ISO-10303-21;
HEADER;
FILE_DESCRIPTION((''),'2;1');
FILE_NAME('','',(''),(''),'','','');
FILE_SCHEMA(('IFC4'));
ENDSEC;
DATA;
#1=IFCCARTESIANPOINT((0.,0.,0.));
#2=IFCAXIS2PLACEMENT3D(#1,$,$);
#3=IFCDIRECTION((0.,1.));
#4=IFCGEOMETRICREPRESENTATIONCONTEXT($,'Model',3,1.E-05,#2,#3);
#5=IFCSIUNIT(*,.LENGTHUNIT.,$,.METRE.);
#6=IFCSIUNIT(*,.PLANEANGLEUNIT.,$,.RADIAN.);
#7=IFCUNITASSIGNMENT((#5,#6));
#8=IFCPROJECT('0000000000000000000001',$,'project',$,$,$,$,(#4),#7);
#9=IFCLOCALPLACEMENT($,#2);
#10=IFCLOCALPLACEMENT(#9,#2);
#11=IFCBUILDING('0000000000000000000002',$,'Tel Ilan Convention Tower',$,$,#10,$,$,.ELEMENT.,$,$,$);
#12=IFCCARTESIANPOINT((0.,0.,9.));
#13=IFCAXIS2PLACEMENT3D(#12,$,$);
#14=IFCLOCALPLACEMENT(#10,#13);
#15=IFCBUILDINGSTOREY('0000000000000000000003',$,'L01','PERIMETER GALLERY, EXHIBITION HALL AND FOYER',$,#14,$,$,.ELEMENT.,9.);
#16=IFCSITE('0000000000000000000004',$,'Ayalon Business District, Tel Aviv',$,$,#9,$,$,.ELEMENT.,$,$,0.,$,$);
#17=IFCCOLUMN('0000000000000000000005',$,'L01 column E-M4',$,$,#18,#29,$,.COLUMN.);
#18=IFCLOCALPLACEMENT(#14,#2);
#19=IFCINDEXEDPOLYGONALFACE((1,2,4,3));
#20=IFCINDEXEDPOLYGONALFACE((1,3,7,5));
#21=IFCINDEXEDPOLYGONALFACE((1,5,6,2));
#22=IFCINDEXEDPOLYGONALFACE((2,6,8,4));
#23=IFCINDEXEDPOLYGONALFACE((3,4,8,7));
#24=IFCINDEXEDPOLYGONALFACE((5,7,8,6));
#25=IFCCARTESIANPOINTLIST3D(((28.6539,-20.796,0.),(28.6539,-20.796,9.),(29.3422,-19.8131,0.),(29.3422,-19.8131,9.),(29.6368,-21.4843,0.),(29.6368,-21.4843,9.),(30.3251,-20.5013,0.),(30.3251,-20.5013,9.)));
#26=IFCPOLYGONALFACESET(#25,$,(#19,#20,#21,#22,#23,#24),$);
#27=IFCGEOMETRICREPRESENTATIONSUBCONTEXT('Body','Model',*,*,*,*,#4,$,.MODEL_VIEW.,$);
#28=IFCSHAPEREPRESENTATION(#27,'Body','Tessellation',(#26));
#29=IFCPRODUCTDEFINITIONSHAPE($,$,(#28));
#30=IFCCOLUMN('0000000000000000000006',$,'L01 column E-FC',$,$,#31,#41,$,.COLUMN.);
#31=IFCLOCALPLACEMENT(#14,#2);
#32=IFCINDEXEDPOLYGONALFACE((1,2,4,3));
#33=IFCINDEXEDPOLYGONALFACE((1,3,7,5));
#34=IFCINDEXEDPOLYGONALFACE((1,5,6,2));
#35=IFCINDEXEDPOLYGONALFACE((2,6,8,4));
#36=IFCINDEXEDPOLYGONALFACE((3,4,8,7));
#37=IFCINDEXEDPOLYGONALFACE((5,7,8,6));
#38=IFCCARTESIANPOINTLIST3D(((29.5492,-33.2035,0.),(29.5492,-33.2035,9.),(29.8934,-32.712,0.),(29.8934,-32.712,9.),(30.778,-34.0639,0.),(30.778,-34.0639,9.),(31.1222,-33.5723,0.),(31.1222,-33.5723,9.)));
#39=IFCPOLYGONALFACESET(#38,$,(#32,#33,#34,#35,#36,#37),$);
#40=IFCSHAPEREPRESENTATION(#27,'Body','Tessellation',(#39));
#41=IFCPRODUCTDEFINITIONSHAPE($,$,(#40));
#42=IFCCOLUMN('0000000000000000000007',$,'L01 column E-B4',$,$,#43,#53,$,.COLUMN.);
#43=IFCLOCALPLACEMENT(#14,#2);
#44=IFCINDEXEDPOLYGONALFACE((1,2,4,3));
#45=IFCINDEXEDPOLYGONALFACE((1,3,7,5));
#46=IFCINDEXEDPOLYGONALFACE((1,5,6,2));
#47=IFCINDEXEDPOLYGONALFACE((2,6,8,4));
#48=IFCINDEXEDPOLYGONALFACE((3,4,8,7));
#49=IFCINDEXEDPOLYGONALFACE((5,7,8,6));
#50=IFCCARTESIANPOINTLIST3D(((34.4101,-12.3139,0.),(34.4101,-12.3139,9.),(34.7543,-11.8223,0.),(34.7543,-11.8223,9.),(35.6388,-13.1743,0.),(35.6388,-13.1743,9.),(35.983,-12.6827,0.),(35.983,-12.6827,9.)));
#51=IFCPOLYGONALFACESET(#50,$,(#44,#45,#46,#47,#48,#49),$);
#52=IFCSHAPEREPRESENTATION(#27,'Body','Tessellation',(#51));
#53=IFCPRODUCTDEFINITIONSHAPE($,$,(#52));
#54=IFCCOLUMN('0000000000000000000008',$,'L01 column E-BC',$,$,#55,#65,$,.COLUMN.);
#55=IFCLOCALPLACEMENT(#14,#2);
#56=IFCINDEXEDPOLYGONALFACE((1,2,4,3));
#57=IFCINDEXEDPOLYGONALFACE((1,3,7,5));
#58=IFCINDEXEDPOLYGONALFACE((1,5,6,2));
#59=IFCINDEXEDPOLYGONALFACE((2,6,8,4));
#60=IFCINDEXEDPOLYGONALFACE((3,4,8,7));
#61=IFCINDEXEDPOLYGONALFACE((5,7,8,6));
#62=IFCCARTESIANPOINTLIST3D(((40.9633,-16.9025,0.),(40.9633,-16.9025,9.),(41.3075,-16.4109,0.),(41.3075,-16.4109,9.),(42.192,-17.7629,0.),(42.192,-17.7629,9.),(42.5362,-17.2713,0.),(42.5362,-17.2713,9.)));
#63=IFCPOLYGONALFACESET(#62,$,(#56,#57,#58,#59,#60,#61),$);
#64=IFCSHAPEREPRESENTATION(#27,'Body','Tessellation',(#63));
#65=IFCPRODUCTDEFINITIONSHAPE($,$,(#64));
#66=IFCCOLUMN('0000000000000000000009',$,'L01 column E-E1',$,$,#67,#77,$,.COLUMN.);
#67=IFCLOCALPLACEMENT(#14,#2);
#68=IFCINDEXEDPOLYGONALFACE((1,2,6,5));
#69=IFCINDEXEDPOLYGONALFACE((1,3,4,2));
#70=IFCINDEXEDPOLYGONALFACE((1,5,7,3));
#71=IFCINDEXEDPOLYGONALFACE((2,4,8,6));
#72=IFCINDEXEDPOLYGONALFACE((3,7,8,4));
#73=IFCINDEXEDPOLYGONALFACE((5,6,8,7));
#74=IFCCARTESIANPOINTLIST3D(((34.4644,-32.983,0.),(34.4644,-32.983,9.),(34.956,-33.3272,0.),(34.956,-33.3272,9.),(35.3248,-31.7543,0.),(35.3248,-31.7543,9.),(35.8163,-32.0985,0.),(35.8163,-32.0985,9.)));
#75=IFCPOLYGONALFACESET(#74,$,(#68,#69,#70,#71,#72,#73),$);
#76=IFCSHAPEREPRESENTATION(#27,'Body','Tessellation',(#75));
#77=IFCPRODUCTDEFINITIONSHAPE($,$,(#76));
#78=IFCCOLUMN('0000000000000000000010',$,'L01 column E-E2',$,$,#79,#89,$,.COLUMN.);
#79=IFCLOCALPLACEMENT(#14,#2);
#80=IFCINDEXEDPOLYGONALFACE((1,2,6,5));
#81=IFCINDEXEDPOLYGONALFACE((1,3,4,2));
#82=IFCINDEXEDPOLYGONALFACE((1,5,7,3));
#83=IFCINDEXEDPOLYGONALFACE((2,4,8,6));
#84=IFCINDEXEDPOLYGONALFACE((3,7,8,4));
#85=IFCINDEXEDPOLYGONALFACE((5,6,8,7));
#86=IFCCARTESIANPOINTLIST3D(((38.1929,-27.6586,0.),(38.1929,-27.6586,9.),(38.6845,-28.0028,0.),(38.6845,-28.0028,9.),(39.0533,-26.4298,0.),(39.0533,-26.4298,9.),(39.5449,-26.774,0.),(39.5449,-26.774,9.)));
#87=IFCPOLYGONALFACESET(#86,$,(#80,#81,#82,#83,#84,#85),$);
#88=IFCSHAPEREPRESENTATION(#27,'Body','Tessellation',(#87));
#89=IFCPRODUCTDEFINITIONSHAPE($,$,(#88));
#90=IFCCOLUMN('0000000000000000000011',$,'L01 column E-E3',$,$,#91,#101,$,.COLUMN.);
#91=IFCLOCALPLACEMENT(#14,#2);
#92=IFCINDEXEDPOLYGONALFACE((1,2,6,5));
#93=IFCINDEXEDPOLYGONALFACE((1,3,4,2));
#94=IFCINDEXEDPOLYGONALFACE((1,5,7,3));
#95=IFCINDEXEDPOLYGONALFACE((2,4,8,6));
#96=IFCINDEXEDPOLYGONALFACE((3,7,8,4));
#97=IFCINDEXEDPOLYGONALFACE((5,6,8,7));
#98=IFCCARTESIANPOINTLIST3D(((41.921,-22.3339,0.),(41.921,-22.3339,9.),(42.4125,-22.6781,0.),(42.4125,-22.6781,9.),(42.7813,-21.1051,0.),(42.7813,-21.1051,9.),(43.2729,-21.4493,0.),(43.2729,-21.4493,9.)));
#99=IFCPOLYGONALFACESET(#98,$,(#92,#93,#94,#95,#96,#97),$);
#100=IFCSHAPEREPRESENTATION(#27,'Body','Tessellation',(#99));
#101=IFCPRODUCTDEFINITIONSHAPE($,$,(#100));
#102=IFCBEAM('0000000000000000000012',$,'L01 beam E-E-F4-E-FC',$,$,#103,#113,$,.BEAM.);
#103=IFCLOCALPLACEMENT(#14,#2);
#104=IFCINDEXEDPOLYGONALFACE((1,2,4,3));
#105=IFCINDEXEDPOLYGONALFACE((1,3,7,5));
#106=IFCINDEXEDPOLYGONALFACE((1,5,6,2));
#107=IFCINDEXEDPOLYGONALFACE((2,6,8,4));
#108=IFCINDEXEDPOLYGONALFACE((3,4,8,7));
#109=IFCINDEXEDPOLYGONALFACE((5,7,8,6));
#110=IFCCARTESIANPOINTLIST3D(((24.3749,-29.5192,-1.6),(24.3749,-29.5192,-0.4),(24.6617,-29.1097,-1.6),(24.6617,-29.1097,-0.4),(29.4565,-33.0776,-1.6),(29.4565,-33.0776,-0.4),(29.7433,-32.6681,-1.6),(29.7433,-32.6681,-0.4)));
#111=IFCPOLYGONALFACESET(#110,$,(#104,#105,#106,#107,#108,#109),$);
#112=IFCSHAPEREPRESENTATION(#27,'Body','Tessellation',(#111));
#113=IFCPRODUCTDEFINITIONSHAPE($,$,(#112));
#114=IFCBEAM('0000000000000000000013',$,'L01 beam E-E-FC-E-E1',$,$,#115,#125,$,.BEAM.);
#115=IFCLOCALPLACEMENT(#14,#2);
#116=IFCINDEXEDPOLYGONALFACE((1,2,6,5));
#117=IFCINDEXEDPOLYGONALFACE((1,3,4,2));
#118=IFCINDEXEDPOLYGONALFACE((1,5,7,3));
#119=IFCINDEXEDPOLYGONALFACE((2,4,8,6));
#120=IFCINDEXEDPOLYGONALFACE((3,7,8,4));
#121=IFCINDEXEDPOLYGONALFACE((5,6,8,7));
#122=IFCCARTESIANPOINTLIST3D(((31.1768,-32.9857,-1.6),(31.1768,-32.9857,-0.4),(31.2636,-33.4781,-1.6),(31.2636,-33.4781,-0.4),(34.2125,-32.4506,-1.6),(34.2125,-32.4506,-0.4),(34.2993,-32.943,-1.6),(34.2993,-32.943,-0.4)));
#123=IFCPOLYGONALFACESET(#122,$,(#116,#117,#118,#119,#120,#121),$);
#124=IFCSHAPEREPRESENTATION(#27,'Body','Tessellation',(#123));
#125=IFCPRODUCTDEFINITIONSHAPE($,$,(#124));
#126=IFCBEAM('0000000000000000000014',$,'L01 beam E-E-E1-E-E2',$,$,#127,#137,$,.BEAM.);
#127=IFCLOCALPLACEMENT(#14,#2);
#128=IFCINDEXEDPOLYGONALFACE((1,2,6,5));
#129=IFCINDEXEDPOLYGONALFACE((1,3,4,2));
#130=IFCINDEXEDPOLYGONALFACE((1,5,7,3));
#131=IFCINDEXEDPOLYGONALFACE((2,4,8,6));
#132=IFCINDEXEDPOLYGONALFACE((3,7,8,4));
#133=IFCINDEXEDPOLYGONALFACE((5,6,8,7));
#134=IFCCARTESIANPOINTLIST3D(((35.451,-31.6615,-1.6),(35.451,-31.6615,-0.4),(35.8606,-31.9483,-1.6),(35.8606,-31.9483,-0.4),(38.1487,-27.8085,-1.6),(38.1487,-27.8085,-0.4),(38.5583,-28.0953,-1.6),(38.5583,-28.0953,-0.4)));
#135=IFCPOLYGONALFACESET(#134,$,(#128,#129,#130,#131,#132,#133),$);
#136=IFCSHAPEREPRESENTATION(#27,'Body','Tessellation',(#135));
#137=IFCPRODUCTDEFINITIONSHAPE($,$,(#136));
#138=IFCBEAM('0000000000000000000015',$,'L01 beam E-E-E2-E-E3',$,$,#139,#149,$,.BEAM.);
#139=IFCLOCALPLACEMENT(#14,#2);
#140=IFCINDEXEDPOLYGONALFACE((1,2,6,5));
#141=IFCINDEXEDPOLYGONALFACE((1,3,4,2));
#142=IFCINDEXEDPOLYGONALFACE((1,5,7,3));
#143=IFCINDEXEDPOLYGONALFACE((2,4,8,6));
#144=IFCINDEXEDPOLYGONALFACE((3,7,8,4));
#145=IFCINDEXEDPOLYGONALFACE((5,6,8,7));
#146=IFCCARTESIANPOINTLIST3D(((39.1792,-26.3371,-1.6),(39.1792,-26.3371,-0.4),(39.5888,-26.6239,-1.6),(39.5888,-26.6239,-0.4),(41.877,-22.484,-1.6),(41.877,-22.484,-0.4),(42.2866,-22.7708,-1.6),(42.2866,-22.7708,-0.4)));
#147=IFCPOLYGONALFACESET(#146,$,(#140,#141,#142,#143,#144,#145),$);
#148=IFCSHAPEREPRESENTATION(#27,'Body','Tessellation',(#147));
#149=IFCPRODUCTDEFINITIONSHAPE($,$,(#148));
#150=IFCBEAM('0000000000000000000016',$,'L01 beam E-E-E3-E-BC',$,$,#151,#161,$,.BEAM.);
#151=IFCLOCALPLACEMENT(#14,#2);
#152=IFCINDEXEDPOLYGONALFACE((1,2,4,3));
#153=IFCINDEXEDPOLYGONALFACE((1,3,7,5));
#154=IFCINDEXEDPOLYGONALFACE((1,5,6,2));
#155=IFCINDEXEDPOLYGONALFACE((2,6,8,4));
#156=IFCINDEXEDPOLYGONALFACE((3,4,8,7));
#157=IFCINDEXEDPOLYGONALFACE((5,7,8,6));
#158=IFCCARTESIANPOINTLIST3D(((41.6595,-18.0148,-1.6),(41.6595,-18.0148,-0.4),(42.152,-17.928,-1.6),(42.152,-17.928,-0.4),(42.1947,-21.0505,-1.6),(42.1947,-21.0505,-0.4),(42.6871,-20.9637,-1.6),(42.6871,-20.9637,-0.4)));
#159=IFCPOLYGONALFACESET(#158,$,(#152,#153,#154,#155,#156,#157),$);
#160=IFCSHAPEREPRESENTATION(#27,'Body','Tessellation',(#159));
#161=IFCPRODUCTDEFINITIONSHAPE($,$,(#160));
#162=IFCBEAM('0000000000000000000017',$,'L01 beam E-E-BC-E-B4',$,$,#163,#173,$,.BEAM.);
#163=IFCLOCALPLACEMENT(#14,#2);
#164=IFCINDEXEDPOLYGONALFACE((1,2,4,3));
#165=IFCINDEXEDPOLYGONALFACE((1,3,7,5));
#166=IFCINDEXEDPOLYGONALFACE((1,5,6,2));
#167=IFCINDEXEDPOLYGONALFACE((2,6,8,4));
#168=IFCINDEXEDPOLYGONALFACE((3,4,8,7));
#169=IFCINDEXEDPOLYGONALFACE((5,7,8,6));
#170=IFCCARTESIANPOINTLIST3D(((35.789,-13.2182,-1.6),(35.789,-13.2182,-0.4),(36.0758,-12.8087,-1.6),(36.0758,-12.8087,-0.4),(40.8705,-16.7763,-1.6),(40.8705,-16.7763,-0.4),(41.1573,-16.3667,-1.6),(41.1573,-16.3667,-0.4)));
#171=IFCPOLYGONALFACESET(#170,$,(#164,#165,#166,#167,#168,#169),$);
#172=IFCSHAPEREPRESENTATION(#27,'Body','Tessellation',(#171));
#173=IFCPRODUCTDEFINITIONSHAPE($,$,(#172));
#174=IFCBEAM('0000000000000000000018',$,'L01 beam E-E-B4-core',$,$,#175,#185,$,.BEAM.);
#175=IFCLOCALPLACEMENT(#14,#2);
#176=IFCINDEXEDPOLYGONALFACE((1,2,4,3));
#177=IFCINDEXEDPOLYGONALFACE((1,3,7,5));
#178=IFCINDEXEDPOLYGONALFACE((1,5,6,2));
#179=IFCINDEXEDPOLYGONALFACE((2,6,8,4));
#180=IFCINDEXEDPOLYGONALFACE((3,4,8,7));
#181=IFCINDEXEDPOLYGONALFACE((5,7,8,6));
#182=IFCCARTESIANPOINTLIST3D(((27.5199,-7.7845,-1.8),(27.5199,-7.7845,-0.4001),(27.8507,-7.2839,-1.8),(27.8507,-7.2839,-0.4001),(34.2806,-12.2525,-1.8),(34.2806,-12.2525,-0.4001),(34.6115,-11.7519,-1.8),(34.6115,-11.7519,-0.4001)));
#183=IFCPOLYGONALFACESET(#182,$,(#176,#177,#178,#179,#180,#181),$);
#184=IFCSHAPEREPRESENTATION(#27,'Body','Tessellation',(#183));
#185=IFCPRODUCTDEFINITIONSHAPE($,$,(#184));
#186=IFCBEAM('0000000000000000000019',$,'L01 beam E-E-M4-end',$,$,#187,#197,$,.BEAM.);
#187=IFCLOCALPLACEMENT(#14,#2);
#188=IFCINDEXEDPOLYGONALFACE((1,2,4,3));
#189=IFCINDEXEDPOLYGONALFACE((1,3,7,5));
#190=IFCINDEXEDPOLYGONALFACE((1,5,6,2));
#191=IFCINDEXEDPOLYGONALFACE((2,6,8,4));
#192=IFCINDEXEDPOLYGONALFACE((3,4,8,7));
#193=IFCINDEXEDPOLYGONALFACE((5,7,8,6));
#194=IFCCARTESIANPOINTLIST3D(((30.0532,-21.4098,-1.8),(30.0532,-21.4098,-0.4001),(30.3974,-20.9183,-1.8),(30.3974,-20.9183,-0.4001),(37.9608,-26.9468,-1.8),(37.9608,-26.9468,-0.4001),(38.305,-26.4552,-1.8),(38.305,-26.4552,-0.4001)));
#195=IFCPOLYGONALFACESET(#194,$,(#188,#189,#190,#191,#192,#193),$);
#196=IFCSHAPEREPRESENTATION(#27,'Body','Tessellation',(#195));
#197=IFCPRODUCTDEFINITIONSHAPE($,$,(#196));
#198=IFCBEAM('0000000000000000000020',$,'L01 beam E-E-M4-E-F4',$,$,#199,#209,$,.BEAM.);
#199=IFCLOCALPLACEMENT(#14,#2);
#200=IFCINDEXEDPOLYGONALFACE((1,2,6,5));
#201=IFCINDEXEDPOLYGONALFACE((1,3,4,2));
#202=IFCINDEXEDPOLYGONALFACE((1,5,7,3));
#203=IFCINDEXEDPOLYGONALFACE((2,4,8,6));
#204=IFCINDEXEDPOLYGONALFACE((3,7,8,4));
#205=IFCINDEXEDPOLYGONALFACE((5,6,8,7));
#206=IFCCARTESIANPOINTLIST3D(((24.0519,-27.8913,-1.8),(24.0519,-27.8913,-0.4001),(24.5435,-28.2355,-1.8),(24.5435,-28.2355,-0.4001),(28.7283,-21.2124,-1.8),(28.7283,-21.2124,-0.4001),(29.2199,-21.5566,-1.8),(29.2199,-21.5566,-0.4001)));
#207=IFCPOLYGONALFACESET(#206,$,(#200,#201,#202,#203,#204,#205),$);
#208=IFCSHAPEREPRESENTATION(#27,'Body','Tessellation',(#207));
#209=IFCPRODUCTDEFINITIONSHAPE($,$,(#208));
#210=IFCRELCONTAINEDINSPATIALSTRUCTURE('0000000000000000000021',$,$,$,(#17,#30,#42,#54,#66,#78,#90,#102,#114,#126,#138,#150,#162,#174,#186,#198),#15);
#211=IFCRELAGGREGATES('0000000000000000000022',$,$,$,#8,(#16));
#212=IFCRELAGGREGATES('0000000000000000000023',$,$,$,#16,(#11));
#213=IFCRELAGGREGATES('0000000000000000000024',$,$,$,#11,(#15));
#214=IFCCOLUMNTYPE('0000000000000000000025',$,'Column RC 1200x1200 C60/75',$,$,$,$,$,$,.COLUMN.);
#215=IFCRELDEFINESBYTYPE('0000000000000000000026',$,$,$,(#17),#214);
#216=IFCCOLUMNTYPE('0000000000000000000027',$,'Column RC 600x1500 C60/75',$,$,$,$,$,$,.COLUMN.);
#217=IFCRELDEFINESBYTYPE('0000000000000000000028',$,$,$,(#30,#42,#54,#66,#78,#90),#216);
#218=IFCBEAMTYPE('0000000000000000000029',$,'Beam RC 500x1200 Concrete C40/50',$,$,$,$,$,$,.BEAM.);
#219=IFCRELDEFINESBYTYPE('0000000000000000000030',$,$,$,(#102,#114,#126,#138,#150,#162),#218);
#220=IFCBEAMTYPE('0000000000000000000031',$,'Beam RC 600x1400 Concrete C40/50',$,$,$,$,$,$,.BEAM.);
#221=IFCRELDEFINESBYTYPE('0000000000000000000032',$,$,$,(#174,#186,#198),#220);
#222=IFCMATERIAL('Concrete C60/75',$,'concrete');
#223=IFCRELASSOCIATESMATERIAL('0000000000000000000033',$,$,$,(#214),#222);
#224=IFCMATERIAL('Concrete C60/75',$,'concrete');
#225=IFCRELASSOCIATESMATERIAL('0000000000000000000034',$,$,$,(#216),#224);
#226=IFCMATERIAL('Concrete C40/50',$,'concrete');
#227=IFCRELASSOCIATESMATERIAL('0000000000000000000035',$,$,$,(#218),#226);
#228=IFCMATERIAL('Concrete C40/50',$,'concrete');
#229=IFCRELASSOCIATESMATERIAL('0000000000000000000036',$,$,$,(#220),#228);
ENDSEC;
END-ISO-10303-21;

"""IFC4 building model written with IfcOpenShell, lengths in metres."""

from ifc_helpers import new_model, si_unit, direction, frame, origin, origin_2d, place, context, subcontext, project, spatial, rectangle, extrude, material, material_profile, profile_set, type_object, element, save


model = new_model("IFC4")

# Units and contexts
model_context = context("Model", 3, precision=1e-05, world=origin(), true_north=direction((0.0, 1.0)))
body_context = subcontext(model_context, "Body", "Model", "MODEL_VIEW")
ifc_project = project(units=[si_unit("LENGTHUNIT", "METRE"), si_unit("PLANEANGLEUNIT", "RADIAN")], contexts=[model_context])

# Site, building, storey
site_placement = place(None, origin())
site = spatial("IfcSite", under=ifc_project, at=site_placement, Name="Ayalon Business District, Tel Aviv", CompositionType="ELEMENT", RefElevation=0.0)
building_placement = place(site_placement, origin())
building = spatial("IfcBuilding", under=site, at=building_placement, Name="Tel Ilan Convention Tower", CompositionType="ELEMENT")
storey_placement = place(building_placement, frame((0.0, 0.0, 9.0)))
storey = spatial("IfcBuildingStorey", under=building, at=storey_placement, Name="L01", Description="PERIMETER GALLERY, EXHIBITION HALL AND FOYER", CompositionType="ELEMENT", Elevation=9.0)

# Columns
ifc_material_1 = material(Name="Concrete C60/75", Category="concrete")
ifc_material_profile_1 = material_profile(ifc_material_1, rectangle(XDim=1.2, YDim=1.2, at=origin_2d()), Name="RC 1200x1200")
ifc_profile_set_1 = profile_set([ifc_material_profile_1], Name="Concrete C60/75")
column_type_1 = type_object("IfcColumnType", Name="Column RC 1200x1200 C60/75", PredefinedType="COLUMN", material=ifc_profile_set_1)
column_placement = place(storey_placement, frame((29.4895, -20.6487, 0.0), z_axis=(0.0, 0.0, 1.0), x_axis=(0.819152, -0.573576, 0.0)))
element("IfcColumn", 1, at=column_placement, inside=storey, type_object=column_type_1, Name="L01 column E-M4", PredefinedType="COLUMN", context=body_context, shape_type="SweptSolid", body=[
    extrude(rectangle(XDim=1.2, YDim=1.2, at=origin_2d()), origin(), (0.0, 0.0, 1.0), 9.0),
])
ifc_material_2 = material(Name="Concrete C60/75", Category="concrete")
ifc_material_profile_2 = material_profile(ifc_material_2, rectangle(XDim=1.5, YDim=0.6001, at=origin_2d()), Name="RC 600x1500")
ifc_profile_set_2 = profile_set([ifc_material_profile_2], Name="Concrete C60/75")
column_type_2 = type_object("IfcColumnType", Name="Column RC 600x1500 C60/75", PredefinedType="COLUMN", material=ifc_profile_set_2)
for number, where, z_axis, x_axis, name in (
    (2, (30.3357, -33.3879, 0.0), (0.0, 0.0, 1.0), (0.819152, -0.573576, 0.0), "L01 column E-FC"),
    (3, (35.1965, -12.4983, 0.0), (0.0, 0.0, 1.0), (0.819152, -0.573576, 0.0), "L01 column E-B4"),
    (4, (41.7498, -17.0869, 0.0), (0.0, 0.0, 1.0), (0.819152, -0.573576, 0.0), "L01 column E-BC"),
    (5, (35.1404, -32.5408, 0.0), (0.0, 0.0, 1.0), (0.573576, 0.819152, 0.0), "L01 column E-E1"),
    (6, (38.8689, -27.2163, 0.0), (0.0, 0.0, 1.0), (0.573576, 0.819152, 0.0), "L01 column E-E2"),
    (7, (42.5969, -21.8916, 0.0), (0.0, 0.0, 1.0), (0.573576, 0.819152, 0.0), "L01 column E-E3"),
):
    element("IfcColumn", number, at=place(storey_placement, frame(where, z_axis=z_axis, x_axis=x_axis)), inside=storey, type_object=column_type_2, Name=name, PredefinedType="COLUMN", context=body_context, shape_type="SweptSolid", body=[
        extrude(rectangle(XDim=1.5, YDim=0.6001, at=origin_2d()), origin(), (0.0, 0.0, 1.0), 9.0),
    ])

# Beams
ifc_material_3 = material(Name="Concrete C40/50", Category="concrete")
ifc_material_profile_3 = material_profile(ifc_material_3, rectangle(XDim=0.5, YDim=1.2, at=origin_2d()), Name="RC 500x1200")
ifc_profile_set_3 = profile_set([ifc_material_profile_3], Name="Concrete C40/50")
beam_type_1 = type_object("IfcBeamType", Name="Beam RC 500x1200 Concrete C40/50", PredefinedType="BEAM", material=ifc_profile_set_3)
beam_1_placement = place(storey_placement, frame((24.5183, -29.3145, -1.0), z_axis=(0.819136, -0.5736, 0.0), x_axis=(0.5736, 0.819136, 0.0)))
element("IfcBeam", 8, at=beam_1_placement, inside=storey, type_object=beam_type_1, Name="L01 beam E-E-F4-E-FC", PredefinedType="BEAM", context=body_context, shape_type="SweptSolid", body=[
    extrude(rectangle(XDim=0.5, YDim=1.2, at=origin_2d()), origin(), (0.0, 0.0, 1.0), 6.2036),
])
beam_2_placement = place(storey_placement, frame((31.2202, -33.2319, -1.0), z_axis=(0.984814, 0.173614, 0.0), x_axis=(-0.173614, 0.984814, 0.0)))
element("IfcBeam", 9, at=beam_2_placement, inside=storey, type_object=beam_type_1, Name="L01 beam E-E-FC-E-E1", PredefinedType="BEAM", context=body_context, shape_type="SweptSolid", body=[
    extrude(rectangle(XDim=0.5, YDim=1.2, at=origin_2d()), origin(), (0.0, 0.0, 1.0), 3.0825),
])
for number, where, z_axis, x_axis, name in (
    (10, (35.6558, -31.8049, -1.0), (0.573553, 0.819169, 0.0), (-0.819169, 0.573553, 0.0), "L01 beam E-E-E1-E-E2"),
    (11, (39.384, -26.4805, -1.0), (0.573553, 0.819169, 0.0), (-0.819169, 0.573553, 0.0), "L01 beam E-E-E2-E-E3"),
):
    element("IfcBeam", number, at=place(storey_placement, frame(where, z_axis=z_axis, x_axis=x_axis)), inside=storey, type_object=beam_type_1, Name=name, PredefinedType="BEAM", context=body_context, shape_type="SweptSolid", body=[
        extrude(rectangle(XDim=0.5, YDim=1.2, at=origin_2d()), origin(), (0.0, 0.0, 1.0), 4.7036),
    ])
beam_3_placement = place(storey_placement, frame((42.4409, -21.0071, -1.0), z_axis=(-0.173614, 0.984814, 0.0), x_axis=(-0.984814, -0.173614, 0.0)))
element("IfcBeam", 12, at=beam_3_placement, inside=storey, type_object=beam_type_1, Name="L01 beam E-E-E3-E-BC", PredefinedType="BEAM", context=body_context, shape_type="SweptSolid", body=[
    extrude(rectangle(XDim=0.5, YDim=1.2, at=origin_2d()), origin(), (0.0, 0.0, 1.0), 3.0825),
])
beam_4_placement = place(storey_placement, frame((41.0139, -16.5715, -1.0), z_axis=(-0.819154, 0.573573, 0.0), x_axis=(-0.573573, -0.819154, 0.0)))
element("IfcBeam", 13, at=beam_4_placement, inside=storey, type_object=beam_type_1, Name="L01 beam E-E-BC-E-B4", PredefinedType="BEAM", context=body_context, shape_type="SweptSolid", body=[
    extrude(rectangle(XDim=0.5, YDim=1.2, at=origin_2d()), origin(), (0.0, 0.0, 1.0), 6.2034),
])
ifc_material_4 = material(Name="Concrete C40/50", Category="concrete")
ifc_material_profile_4 = material_profile(ifc_material_4, rectangle(XDim=0.6001, YDim=1.3999, at=origin_2d()), Name="RC 600x1400")
ifc_profile_set_4 = profile_set([ifc_material_profile_4], Name="Concrete C40/50")
beam_type_2 = type_object("IfcBeamType", Name="Beam RC 600x1400 Concrete C40/50", PredefinedType="BEAM", material=ifc_profile_set_4)
beam_5_placement = place(storey_placement, frame((34.446, -12.0022, -1.1001), z_axis=(-0.834273, 0.551352, 0.0), x_axis=(-0.551352, -0.834273, 0.0)))
element("IfcBeam", 14, at=beam_5_placement, inside=storey, type_object=beam_type_2, Name="L01 beam E-E-B4-core", PredefinedType="BEAM", context=body_context, shape_type="SweptSolid", body=[
    extrude(rectangle(XDim=0.6001, YDim=1.3999, at=origin_2d()), origin(), (0.0, 0.0, 1.0), 8.1038),
])
beam_6_placement = place(storey_placement, frame((30.2253, -21.1641, -1.1001), z_axis=(0.819152, -0.573576, 0.0), x_axis=(0.573576, 0.819152, 0.0)))
element("IfcBeam", 15, at=beam_6_placement, inside=storey, type_object=beam_type_2, Name="L01 beam E-E-M4-end", PredefinedType="BEAM", context=body_context, shape_type="SweptSolid", body=[
    extrude(rectangle(XDim=0.6001, YDim=1.3999, at=origin_2d()), origin(), (0.0, 0.0, 1.0), 9.6533),
])
beam_7_placement = place(storey_placement, frame((28.9741, -21.3845, -1.1001), z_axis=(-0.573565, -0.81916, 0.0), x_axis=(0.81916, -0.573565, 0.0)))
element("IfcBeam", 16, at=beam_7_placement, inside=storey, type_object=beam_type_2, Name="L01 beam E-E-M4-E-F4", PredefinedType="BEAM", context=body_context, shape_type="SweptSolid", body=[
    extrude(rectangle(XDim=0.6001, YDim=1.3999, at=origin_2d()), origin(), (0.0, 0.0, 1.0), 8.1533),
])

save(model, "model.ifc")
